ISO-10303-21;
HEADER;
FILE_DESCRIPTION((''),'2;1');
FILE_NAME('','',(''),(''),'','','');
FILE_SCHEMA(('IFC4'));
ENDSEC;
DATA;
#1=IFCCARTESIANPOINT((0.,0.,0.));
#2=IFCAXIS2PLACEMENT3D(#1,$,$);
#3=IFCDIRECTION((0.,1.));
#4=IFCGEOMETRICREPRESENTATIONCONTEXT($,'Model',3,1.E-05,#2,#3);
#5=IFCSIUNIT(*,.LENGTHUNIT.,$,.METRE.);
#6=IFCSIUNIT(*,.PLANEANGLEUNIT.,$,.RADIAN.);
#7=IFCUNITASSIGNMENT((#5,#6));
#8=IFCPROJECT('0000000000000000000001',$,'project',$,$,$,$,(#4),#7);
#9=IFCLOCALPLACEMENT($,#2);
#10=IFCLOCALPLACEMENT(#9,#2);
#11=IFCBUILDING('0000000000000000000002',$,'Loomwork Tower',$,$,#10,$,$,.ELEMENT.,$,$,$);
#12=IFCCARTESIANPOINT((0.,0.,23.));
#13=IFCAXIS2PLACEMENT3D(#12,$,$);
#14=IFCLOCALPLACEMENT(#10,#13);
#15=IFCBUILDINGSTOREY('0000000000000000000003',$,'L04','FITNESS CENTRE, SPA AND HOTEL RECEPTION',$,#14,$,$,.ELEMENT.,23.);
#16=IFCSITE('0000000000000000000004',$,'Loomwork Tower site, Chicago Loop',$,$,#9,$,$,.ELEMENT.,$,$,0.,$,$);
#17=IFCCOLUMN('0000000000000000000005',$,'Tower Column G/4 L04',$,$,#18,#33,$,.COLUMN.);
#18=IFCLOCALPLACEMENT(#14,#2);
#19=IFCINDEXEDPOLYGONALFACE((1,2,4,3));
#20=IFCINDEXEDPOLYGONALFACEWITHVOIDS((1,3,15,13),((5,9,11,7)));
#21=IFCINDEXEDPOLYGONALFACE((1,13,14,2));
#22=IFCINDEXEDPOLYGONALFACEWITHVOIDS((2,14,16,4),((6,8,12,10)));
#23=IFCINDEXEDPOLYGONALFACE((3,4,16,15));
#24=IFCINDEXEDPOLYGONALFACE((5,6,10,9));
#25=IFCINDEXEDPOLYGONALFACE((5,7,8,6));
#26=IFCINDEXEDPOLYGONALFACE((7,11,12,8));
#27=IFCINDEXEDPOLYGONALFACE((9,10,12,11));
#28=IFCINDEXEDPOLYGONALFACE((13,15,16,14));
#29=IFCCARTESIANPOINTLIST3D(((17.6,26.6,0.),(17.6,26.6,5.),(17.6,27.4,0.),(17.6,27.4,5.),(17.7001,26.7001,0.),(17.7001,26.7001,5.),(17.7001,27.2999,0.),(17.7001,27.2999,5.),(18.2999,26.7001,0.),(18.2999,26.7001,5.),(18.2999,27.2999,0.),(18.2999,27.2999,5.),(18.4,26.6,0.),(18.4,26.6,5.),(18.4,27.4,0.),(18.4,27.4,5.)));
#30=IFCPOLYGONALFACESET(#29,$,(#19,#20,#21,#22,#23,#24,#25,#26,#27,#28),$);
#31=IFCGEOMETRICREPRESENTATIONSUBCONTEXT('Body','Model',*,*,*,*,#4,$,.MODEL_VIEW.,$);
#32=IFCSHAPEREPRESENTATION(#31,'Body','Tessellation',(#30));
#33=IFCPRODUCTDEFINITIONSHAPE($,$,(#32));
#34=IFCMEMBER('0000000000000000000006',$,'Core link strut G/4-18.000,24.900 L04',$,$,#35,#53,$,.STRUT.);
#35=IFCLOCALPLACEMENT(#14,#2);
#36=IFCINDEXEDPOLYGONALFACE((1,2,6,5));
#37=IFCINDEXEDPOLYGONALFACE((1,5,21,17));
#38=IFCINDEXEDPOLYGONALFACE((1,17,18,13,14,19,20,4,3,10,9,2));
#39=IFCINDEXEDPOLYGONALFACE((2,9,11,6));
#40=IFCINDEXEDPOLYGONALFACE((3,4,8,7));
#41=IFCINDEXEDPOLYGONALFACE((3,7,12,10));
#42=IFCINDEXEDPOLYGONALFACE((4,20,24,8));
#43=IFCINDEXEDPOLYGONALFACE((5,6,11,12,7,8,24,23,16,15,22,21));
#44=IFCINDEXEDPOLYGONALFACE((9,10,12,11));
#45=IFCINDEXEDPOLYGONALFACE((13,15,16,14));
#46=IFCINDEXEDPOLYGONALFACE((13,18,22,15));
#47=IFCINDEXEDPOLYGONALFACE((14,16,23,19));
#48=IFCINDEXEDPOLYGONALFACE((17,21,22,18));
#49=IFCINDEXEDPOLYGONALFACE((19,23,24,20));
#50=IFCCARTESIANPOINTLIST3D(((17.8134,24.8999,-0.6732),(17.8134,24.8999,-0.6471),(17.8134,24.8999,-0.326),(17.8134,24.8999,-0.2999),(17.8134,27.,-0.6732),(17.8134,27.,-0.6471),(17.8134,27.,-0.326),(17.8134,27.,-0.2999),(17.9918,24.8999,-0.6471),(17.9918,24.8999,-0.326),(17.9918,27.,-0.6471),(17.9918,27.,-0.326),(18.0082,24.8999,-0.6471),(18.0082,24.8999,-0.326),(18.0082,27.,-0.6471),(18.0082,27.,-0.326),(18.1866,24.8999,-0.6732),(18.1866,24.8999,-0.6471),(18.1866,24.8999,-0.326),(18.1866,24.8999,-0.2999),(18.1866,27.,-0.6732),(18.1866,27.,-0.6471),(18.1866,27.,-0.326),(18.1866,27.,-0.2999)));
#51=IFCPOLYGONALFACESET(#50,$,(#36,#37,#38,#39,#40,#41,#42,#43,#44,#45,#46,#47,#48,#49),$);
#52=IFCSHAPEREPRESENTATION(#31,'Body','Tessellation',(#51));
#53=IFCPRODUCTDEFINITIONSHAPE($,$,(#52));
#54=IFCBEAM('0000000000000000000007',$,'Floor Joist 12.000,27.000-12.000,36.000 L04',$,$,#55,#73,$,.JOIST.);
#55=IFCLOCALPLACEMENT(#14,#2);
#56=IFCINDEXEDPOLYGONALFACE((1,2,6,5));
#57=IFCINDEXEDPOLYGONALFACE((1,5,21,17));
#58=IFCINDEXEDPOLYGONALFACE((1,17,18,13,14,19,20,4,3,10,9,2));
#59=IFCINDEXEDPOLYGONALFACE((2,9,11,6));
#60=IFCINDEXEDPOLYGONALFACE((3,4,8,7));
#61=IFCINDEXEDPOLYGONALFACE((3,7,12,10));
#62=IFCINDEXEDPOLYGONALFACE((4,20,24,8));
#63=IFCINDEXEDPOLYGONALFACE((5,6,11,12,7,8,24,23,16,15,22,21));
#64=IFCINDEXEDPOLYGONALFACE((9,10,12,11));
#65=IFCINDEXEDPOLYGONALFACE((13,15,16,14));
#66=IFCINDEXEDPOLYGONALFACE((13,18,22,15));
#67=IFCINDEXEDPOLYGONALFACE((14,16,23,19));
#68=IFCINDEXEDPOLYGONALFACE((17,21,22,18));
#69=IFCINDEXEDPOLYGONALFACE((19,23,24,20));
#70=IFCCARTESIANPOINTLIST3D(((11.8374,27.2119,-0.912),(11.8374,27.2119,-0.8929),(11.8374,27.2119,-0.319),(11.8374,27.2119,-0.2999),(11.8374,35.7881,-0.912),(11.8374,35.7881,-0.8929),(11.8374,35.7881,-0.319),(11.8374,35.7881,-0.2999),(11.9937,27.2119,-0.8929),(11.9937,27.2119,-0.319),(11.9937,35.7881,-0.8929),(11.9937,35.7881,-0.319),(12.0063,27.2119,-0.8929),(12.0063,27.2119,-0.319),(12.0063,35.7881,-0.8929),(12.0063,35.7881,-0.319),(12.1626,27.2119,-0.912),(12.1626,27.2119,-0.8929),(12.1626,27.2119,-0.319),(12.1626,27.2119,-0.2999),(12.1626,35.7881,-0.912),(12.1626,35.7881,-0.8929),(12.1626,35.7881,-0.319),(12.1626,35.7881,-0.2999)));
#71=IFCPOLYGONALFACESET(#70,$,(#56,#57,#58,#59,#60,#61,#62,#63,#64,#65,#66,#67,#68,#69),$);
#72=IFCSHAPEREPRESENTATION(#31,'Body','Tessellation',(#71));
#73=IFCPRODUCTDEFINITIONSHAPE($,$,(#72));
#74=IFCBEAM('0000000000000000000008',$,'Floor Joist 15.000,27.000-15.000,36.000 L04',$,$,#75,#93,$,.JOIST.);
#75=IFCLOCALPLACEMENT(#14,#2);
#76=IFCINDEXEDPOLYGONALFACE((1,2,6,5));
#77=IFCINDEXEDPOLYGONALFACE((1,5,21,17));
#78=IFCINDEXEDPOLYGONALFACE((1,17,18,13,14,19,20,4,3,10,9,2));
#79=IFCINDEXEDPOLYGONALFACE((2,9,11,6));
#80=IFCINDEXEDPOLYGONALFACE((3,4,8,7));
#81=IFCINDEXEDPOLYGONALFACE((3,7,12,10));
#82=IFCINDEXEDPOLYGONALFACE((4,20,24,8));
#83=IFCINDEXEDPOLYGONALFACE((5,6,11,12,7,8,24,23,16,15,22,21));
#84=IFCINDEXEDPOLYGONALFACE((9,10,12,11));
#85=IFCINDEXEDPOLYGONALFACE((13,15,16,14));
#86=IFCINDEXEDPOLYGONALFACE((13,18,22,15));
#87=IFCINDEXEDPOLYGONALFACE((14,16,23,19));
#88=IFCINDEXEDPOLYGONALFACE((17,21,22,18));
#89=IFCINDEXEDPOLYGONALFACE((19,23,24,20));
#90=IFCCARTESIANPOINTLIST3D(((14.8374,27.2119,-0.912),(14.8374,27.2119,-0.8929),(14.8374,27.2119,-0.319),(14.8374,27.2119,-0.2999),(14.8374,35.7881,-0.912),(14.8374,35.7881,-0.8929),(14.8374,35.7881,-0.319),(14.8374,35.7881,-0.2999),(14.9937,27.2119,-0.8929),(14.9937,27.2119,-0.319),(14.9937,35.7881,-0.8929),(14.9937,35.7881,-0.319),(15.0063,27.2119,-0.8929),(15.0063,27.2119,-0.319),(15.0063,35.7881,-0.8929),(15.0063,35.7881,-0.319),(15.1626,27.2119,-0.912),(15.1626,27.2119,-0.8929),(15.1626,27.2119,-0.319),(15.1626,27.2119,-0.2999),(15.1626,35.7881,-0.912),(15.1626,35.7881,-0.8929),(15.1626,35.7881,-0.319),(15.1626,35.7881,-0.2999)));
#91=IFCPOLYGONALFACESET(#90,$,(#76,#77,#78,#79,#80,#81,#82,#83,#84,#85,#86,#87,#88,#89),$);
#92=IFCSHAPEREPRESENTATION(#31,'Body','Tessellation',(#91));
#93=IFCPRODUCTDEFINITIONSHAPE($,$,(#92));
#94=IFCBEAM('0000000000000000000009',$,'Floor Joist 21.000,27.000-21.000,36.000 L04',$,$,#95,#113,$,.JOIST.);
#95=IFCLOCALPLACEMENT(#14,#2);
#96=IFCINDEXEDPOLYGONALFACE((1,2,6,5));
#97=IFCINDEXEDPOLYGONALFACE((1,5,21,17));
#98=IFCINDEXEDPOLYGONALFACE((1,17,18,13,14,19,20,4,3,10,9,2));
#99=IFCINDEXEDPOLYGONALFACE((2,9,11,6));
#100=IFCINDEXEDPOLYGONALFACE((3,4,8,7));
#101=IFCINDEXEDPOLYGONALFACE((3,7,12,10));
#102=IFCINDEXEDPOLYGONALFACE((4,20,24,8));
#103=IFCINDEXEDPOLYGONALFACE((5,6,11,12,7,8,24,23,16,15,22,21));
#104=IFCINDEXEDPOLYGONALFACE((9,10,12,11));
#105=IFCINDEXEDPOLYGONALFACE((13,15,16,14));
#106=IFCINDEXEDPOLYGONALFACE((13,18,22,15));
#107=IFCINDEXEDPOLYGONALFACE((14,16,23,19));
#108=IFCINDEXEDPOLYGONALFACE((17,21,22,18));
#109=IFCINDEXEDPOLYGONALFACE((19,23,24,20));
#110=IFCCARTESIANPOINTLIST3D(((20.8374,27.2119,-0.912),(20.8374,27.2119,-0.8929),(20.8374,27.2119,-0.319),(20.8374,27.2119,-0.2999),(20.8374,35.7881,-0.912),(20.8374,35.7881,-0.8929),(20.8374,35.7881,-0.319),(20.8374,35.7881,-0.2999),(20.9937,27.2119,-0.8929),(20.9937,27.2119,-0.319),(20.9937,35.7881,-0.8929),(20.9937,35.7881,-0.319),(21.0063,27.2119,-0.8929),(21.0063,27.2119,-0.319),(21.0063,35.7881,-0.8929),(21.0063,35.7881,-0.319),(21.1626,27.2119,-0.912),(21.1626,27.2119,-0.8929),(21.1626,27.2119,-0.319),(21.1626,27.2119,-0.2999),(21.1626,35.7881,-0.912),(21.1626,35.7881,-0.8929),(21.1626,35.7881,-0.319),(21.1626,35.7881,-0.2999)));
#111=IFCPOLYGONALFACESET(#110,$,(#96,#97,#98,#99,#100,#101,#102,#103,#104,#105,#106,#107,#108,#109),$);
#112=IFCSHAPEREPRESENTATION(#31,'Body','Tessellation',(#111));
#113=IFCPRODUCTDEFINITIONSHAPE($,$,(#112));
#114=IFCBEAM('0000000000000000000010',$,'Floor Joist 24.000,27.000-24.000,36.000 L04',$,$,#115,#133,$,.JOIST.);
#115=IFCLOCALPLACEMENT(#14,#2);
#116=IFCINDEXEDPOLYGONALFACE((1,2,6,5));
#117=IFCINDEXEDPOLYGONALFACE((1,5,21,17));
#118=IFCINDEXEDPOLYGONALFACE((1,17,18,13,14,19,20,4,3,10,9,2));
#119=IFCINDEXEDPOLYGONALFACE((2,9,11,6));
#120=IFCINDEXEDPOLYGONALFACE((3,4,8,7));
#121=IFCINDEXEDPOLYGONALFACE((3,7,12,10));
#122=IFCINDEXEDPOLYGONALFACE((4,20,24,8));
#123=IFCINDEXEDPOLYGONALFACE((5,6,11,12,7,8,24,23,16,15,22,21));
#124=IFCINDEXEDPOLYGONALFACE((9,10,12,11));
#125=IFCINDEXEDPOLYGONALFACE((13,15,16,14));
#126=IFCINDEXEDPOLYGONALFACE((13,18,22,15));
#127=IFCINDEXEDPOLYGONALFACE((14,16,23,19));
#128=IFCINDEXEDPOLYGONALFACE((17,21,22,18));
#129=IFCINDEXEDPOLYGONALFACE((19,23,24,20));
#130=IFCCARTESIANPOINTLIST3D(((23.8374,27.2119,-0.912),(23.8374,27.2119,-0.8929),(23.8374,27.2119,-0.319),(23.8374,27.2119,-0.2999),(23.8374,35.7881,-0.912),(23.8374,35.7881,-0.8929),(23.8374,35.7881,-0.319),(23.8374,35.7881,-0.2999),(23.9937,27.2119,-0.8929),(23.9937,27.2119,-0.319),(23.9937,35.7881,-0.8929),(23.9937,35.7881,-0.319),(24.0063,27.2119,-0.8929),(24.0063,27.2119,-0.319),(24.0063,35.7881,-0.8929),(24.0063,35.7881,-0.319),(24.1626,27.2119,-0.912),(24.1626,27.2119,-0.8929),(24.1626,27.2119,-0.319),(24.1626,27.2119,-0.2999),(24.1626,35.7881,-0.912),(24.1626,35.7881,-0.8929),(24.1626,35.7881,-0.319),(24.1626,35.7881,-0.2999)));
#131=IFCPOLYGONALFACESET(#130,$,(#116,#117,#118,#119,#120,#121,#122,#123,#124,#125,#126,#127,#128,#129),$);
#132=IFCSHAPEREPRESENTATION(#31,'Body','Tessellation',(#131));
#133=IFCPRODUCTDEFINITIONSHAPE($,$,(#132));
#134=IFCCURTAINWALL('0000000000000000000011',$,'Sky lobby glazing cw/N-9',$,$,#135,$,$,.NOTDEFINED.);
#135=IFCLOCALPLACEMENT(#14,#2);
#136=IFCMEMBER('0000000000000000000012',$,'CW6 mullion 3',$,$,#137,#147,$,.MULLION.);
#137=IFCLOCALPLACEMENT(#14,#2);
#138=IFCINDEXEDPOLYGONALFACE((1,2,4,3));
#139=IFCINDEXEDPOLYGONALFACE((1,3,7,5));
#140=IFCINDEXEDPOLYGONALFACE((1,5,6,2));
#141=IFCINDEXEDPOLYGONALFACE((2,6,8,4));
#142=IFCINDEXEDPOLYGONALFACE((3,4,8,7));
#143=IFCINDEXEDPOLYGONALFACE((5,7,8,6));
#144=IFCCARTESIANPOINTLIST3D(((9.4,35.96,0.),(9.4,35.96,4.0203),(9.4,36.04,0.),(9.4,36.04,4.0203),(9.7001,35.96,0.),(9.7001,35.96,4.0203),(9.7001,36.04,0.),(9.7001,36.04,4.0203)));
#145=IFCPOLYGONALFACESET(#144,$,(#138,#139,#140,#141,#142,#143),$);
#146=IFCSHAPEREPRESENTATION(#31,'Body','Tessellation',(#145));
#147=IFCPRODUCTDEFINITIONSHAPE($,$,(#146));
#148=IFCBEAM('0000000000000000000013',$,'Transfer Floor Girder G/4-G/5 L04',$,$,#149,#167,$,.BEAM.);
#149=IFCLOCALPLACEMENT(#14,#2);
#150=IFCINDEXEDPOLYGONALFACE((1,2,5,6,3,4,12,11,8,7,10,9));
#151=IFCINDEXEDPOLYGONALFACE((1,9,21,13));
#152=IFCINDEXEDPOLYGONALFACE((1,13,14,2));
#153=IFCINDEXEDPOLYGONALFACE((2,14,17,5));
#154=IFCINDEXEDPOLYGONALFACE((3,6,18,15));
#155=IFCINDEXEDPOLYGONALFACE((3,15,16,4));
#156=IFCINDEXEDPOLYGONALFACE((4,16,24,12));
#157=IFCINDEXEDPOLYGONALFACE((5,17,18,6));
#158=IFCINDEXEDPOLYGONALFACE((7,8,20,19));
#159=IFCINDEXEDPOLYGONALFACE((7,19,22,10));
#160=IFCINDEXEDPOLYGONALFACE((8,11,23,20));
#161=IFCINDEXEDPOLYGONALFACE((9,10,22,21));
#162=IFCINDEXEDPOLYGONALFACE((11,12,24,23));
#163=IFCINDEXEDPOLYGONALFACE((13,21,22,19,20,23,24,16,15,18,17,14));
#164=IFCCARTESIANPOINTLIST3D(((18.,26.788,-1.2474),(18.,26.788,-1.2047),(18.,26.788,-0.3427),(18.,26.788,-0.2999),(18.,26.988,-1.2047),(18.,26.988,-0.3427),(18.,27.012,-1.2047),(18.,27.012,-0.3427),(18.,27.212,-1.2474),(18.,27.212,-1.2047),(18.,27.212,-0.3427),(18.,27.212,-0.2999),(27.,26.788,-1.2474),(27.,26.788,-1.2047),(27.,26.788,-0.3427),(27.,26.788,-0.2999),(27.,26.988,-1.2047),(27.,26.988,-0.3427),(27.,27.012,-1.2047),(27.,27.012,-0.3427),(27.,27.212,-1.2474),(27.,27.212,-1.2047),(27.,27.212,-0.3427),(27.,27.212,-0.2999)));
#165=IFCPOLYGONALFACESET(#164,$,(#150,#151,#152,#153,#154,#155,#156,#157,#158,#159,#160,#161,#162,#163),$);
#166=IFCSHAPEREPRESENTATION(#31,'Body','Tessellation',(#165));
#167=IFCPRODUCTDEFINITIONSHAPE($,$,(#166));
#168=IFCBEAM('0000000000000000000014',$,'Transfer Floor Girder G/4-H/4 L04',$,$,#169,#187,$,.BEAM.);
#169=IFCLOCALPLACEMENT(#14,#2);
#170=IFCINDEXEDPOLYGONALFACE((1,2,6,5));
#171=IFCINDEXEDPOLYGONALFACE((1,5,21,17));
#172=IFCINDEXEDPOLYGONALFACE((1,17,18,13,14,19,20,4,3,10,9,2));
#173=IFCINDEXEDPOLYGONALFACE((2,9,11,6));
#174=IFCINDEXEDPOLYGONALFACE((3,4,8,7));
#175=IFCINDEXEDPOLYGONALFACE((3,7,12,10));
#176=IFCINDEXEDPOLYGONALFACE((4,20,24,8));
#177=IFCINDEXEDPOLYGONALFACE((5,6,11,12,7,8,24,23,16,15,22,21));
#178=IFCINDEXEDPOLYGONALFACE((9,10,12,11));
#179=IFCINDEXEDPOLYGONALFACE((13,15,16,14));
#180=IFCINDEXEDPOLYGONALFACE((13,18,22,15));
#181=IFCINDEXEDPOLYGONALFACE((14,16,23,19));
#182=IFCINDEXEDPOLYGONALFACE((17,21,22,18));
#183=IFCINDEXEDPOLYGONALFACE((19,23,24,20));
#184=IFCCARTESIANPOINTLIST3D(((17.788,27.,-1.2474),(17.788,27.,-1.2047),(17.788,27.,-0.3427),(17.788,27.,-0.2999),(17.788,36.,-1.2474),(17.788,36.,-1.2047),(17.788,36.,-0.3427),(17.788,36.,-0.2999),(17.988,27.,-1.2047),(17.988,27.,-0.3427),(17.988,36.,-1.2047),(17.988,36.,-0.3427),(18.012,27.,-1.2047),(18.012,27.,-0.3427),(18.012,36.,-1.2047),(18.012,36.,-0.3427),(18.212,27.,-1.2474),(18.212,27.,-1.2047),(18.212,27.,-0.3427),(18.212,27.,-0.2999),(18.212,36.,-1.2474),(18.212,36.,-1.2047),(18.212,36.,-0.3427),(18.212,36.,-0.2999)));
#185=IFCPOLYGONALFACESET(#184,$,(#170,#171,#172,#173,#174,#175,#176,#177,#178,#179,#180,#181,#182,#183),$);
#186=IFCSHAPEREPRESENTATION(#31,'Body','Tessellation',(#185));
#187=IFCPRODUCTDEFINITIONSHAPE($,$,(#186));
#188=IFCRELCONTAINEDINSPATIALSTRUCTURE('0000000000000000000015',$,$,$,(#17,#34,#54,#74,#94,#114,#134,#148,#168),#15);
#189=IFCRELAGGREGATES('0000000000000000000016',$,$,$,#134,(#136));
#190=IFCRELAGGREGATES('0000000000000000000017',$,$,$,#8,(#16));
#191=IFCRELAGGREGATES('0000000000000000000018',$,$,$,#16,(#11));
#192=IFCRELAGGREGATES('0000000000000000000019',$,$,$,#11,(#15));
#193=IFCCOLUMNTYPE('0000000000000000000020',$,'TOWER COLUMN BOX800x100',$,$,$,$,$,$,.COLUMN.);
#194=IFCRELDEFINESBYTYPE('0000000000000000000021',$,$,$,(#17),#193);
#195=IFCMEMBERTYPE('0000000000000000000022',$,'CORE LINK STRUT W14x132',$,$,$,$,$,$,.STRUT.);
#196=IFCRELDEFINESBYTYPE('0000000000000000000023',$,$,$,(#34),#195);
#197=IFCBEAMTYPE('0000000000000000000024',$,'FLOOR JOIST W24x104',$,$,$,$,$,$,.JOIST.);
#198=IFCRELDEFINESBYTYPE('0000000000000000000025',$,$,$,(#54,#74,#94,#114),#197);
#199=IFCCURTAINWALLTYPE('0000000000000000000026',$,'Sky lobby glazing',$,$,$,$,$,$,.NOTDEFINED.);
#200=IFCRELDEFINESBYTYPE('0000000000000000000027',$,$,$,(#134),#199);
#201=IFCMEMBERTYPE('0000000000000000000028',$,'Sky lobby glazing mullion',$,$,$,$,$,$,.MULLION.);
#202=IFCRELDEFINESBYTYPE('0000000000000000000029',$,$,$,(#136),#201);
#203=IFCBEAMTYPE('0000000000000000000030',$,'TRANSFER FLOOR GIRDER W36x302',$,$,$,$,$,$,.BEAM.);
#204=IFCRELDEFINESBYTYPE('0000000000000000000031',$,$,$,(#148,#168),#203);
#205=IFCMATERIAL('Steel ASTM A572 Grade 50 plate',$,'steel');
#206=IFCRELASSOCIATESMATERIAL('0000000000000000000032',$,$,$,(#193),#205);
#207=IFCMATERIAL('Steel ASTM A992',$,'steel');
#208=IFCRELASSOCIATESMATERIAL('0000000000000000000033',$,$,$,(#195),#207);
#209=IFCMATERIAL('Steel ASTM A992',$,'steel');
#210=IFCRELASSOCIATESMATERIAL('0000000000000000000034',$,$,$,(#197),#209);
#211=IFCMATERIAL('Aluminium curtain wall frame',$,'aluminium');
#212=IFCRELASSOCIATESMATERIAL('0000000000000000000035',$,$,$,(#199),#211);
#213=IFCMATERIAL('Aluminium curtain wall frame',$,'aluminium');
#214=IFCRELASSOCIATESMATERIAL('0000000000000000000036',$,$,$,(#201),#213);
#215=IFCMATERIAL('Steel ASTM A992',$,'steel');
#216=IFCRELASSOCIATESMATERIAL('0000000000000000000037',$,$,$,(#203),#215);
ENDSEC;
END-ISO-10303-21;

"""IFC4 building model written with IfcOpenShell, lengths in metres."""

from ifc_helpers import new_model, si_unit, direction, frame, origin, origin_2d, place, context, subcontext, project, spatial, rectangle, hollow_rectangle, i_section, extrude, material, material_profile, profile_set, type_object, element, aggregate, save


model = new_model("IFC4")

# Units and contexts
model_context = context("Model", 3, precision=1e-05, world=origin(), true_north=direction((0.0, 1.0)))
body_context = subcontext(model_context, "Body", "Model", "MODEL_VIEW")
ifc_project = project(units=[si_unit("LENGTHUNIT", "METRE"), si_unit("PLANEANGLEUNIT", "RADIAN")], contexts=[model_context])

# Site, building, storey
site_placement = place(None, origin())
site = spatial("IfcSite", under=ifc_project, at=site_placement, Name="Loomwork Tower site, Chicago Loop", CompositionType="ELEMENT", RefElevation=0.0)
building_placement = place(site_placement, origin())
building = spatial("IfcBuilding", under=site, at=building_placement, Name="Loomwork Tower", CompositionType="ELEMENT")
storey_placement = place(building_placement, frame((0.0, 0.0, 23.0)))
storey = spatial("IfcBuildingStorey", under=building, at=storey_placement, Name="L04", Description="FITNESS CENTRE, SPA AND HOTEL RECEPTION", CompositionType="ELEMENT", Elevation=23.0)

# Column
ifc_material_1 = material(Name="Steel ASTM A572 Grade 50 plate", Category="steel")
ifc_material_profile_1 = material_profile(ifc_material_1, hollow_rectangle(XDim=0.8, YDim=0.8, WallThickness=0.1001, at=origin_2d()), Name="BOX800x100")
ifc_profile_set_1 = profile_set([ifc_material_profile_1], Name="Steel ASTM A572 Grade 50 plate")
column_type = type_object("IfcColumnType", Name="TOWER COLUMN BOX800x100", PredefinedType="COLUMN", material=ifc_profile_set_1)
column_placement = place(storey_placement, frame((18.0, 27.0, 0.0), z_axis=(0.0, 0.0, 1.0), x_axis=(1.0, 0.0, 0.0)))
element("IfcColumn", 1, at=column_placement, inside=storey, type_object=column_type, Name="Tower Column G/4 L04", PredefinedType="COLUMN", context=body_context, shape_type="SweptSolid", body=[
    extrude(hollow_rectangle(XDim=0.8, YDim=0.8, WallThickness=0.1001, at=origin_2d()), origin(), (0.0, 0.0, 1.0), 5.0),
])

# Member
ifc_material_2 = material(Name="Steel ASTM A992", Category="steel")
ifc_material_profile_2 = material_profile(ifc_material_2, i_section(OverallWidth=0.3733, OverallDepth=0.3733, WebThickness=0.0164, FlangeThickness=0.0261, at=origin_2d()), Name="W14x132")
ifc_profile_set_2 = profile_set([ifc_material_profile_2], Name="Steel ASTM A992")
member_type_1 = type_object("IfcMemberType", Name="CORE LINK STRUT W14x132", PredefinedType="STRUT", material=ifc_profile_set_2)
member_1_placement = place(storey_placement, frame((18.0, 27.0, -0.4866), z_axis=(0.0, -1.0, 0.0), x_axis=(1.0, 0.0, 0.0)))
element("IfcMember", 2, at=member_1_placement, inside=storey, type_object=member_type_1, Name="Core link strut G/4-18.000,24.900 L04", PredefinedType="STRUT", context=body_context, shape_type="SweptSolid", body=[
    extrude(i_section(OverallWidth=0.3733, OverallDepth=0.3733, WebThickness=0.0164, FlangeThickness=0.0261, at=origin_2d()), origin(), (0.0, 0.0, 1.0), 2.1001),
])

# Beams
ifc_material_3 = material(Name="Steel ASTM A992", Category="steel")
ifc_material_profile_3 = material_profile(ifc_material_3, i_section(OverallWidth=0.3252, OverallDepth=0.6121, WebThickness=0.0127, FlangeThickness=0.019, at=origin_2d()), Name="W24x104")
ifc_profile_set_3 = profile_set([ifc_material_profile_3], Name="Steel ASTM A992")
beam_type_1 = type_object("IfcBeamType", Name="FLOOR JOIST W24x104", PredefinedType="JOIST", material=ifc_profile_set_3)
for number, where, z_axis, x_axis, name in (
    (3, (12.0, 27.2119, -0.606), (0.0, 1.0, 0.0), (-1.0, 0.0, 0.0), "Floor Joist 12.000,27.000-12.000,36.000 L04"),
    (4, (15.0, 27.2119, -0.606), (0.0, 1.0, 0.0), (-1.0, 0.0, 0.0), "Floor Joist 15.000,27.000-15.000,36.000 L04"),
    (5, (21.0, 27.2119, -0.606), (0.0, 1.0, 0.0), (-1.0, 0.0, 0.0), "Floor Joist 21.000,27.000-21.000,36.000 L04"),
    (6, (24.0, 27.2119, -0.606), (0.0, 1.0, 0.0), (-1.0, 0.0, 0.0), "Floor Joist 24.000,27.000-24.000,36.000 L04"),
):
    element("IfcBeam", number, at=place(storey_placement, frame(where, z_axis=z_axis, x_axis=x_axis)), inside=storey, type_object=beam_type_1, Name=name, PredefinedType="JOIST", context=body_context, shape_type="SweptSolid", body=[
        extrude(i_section(OverallWidth=0.3252, OverallDepth=0.6121, WebThickness=0.0127, FlangeThickness=0.019, at=origin_2d()), origin(), (0.0, 0.0, 1.0), 8.5762),
    ])

# Curtain wall, member
ifc_material_4 = material(Name="Aluminium curtain wall frame", Category="aluminium")
curtain_wall_type = type_object("IfcCurtainWallType", Name="Sky lobby glazing", PredefinedType="NOTDEFINED", material=ifc_material_4)
curtain_wall_placement = place(storey_placement, origin())
curtain_wall = element("IfcCurtainWall", 7, at=curtain_wall_placement, inside=storey, type_object=curtain_wall_type, Name="Sky lobby glazing cw/N-9", PredefinedType="NOTDEFINED")
ifc_material_5 = material(Name="Aluminium curtain wall frame", Category="aluminium")
ifc_material_profile_4 = material_profile(ifc_material_5, rectangle(XDim=0.0801, YDim=0.3, at=origin_2d()), Name="AL 80x300")
ifc_profile_set_4 = profile_set([ifc_material_profile_4], Name="Aluminium curtain wall frame")
member_type_2 = type_object("IfcMemberType", Name="Sky lobby glazing mullion", PredefinedType="MULLION", material=ifc_profile_set_4)
member_2_placement = place(storey_placement, frame((9.55, 36.0, 0.0), z_axis=(0.0, 0.0, 1.0), x_axis=(0.0, -1.0, 0.0)))
member_2 = element("IfcMember", 8, at=member_2_placement, type_object=member_type_2, Name="CW6 mullion 3", PredefinedType="MULLION", context=body_context, shape_type="SweptSolid", body=[
    extrude(rectangle(XDim=0.0801, YDim=0.3, at=origin_2d()), origin(), (0.0, 0.0, 1.0), 4.0203),
])

# Beams
ifc_material_6 = material(Name="Steel ASTM A992", Category="steel")
ifc_material_profile_5 = material_profile(ifc_material_6, i_section(OverallWidth=0.4241, OverallDepth=0.9475, WebThickness=0.0239, FlangeThickness=0.0427, at=origin_2d()), Name="W36x302")
ifc_profile_set_5 = profile_set([ifc_material_profile_5], Name="Steel ASTM A992")
beam_type_2 = type_object("IfcBeamType", Name="TRANSFER FLOOR GIRDER W36x302", PredefinedType="BEAM", material=ifc_profile_set_5)
for number, where, z_axis, x_axis, name in (
    (9, (18.0, 27.0, -0.7737), (1.0, 0.0, 0.0), (0.0, 1.0, 0.0), "Transfer Floor Girder G/4-G/5 L04"),
    (10, (18.0, 27.0, -0.7737), (0.0, 1.0, 0.0), (-1.0, 0.0, 0.0), "Transfer Floor Girder G/4-H/4 L04"),
):
    element("IfcBeam", number, at=place(storey_placement, frame(where, z_axis=z_axis, x_axis=x_axis)), inside=storey, type_object=beam_type_2, Name=name, PredefinedType="BEAM", context=body_context, shape_type="SweptSolid", body=[
        extrude(i_section(OverallWidth=0.4241, OverallDepth=0.9475, WebThickness=0.0239, FlangeThickness=0.0427, at=origin_2d()), origin(), (0.0, 0.0, 1.0), 9.0),
    ])

aggregate(curtain_wall, [member_2])

save(model, "model.ifc")
